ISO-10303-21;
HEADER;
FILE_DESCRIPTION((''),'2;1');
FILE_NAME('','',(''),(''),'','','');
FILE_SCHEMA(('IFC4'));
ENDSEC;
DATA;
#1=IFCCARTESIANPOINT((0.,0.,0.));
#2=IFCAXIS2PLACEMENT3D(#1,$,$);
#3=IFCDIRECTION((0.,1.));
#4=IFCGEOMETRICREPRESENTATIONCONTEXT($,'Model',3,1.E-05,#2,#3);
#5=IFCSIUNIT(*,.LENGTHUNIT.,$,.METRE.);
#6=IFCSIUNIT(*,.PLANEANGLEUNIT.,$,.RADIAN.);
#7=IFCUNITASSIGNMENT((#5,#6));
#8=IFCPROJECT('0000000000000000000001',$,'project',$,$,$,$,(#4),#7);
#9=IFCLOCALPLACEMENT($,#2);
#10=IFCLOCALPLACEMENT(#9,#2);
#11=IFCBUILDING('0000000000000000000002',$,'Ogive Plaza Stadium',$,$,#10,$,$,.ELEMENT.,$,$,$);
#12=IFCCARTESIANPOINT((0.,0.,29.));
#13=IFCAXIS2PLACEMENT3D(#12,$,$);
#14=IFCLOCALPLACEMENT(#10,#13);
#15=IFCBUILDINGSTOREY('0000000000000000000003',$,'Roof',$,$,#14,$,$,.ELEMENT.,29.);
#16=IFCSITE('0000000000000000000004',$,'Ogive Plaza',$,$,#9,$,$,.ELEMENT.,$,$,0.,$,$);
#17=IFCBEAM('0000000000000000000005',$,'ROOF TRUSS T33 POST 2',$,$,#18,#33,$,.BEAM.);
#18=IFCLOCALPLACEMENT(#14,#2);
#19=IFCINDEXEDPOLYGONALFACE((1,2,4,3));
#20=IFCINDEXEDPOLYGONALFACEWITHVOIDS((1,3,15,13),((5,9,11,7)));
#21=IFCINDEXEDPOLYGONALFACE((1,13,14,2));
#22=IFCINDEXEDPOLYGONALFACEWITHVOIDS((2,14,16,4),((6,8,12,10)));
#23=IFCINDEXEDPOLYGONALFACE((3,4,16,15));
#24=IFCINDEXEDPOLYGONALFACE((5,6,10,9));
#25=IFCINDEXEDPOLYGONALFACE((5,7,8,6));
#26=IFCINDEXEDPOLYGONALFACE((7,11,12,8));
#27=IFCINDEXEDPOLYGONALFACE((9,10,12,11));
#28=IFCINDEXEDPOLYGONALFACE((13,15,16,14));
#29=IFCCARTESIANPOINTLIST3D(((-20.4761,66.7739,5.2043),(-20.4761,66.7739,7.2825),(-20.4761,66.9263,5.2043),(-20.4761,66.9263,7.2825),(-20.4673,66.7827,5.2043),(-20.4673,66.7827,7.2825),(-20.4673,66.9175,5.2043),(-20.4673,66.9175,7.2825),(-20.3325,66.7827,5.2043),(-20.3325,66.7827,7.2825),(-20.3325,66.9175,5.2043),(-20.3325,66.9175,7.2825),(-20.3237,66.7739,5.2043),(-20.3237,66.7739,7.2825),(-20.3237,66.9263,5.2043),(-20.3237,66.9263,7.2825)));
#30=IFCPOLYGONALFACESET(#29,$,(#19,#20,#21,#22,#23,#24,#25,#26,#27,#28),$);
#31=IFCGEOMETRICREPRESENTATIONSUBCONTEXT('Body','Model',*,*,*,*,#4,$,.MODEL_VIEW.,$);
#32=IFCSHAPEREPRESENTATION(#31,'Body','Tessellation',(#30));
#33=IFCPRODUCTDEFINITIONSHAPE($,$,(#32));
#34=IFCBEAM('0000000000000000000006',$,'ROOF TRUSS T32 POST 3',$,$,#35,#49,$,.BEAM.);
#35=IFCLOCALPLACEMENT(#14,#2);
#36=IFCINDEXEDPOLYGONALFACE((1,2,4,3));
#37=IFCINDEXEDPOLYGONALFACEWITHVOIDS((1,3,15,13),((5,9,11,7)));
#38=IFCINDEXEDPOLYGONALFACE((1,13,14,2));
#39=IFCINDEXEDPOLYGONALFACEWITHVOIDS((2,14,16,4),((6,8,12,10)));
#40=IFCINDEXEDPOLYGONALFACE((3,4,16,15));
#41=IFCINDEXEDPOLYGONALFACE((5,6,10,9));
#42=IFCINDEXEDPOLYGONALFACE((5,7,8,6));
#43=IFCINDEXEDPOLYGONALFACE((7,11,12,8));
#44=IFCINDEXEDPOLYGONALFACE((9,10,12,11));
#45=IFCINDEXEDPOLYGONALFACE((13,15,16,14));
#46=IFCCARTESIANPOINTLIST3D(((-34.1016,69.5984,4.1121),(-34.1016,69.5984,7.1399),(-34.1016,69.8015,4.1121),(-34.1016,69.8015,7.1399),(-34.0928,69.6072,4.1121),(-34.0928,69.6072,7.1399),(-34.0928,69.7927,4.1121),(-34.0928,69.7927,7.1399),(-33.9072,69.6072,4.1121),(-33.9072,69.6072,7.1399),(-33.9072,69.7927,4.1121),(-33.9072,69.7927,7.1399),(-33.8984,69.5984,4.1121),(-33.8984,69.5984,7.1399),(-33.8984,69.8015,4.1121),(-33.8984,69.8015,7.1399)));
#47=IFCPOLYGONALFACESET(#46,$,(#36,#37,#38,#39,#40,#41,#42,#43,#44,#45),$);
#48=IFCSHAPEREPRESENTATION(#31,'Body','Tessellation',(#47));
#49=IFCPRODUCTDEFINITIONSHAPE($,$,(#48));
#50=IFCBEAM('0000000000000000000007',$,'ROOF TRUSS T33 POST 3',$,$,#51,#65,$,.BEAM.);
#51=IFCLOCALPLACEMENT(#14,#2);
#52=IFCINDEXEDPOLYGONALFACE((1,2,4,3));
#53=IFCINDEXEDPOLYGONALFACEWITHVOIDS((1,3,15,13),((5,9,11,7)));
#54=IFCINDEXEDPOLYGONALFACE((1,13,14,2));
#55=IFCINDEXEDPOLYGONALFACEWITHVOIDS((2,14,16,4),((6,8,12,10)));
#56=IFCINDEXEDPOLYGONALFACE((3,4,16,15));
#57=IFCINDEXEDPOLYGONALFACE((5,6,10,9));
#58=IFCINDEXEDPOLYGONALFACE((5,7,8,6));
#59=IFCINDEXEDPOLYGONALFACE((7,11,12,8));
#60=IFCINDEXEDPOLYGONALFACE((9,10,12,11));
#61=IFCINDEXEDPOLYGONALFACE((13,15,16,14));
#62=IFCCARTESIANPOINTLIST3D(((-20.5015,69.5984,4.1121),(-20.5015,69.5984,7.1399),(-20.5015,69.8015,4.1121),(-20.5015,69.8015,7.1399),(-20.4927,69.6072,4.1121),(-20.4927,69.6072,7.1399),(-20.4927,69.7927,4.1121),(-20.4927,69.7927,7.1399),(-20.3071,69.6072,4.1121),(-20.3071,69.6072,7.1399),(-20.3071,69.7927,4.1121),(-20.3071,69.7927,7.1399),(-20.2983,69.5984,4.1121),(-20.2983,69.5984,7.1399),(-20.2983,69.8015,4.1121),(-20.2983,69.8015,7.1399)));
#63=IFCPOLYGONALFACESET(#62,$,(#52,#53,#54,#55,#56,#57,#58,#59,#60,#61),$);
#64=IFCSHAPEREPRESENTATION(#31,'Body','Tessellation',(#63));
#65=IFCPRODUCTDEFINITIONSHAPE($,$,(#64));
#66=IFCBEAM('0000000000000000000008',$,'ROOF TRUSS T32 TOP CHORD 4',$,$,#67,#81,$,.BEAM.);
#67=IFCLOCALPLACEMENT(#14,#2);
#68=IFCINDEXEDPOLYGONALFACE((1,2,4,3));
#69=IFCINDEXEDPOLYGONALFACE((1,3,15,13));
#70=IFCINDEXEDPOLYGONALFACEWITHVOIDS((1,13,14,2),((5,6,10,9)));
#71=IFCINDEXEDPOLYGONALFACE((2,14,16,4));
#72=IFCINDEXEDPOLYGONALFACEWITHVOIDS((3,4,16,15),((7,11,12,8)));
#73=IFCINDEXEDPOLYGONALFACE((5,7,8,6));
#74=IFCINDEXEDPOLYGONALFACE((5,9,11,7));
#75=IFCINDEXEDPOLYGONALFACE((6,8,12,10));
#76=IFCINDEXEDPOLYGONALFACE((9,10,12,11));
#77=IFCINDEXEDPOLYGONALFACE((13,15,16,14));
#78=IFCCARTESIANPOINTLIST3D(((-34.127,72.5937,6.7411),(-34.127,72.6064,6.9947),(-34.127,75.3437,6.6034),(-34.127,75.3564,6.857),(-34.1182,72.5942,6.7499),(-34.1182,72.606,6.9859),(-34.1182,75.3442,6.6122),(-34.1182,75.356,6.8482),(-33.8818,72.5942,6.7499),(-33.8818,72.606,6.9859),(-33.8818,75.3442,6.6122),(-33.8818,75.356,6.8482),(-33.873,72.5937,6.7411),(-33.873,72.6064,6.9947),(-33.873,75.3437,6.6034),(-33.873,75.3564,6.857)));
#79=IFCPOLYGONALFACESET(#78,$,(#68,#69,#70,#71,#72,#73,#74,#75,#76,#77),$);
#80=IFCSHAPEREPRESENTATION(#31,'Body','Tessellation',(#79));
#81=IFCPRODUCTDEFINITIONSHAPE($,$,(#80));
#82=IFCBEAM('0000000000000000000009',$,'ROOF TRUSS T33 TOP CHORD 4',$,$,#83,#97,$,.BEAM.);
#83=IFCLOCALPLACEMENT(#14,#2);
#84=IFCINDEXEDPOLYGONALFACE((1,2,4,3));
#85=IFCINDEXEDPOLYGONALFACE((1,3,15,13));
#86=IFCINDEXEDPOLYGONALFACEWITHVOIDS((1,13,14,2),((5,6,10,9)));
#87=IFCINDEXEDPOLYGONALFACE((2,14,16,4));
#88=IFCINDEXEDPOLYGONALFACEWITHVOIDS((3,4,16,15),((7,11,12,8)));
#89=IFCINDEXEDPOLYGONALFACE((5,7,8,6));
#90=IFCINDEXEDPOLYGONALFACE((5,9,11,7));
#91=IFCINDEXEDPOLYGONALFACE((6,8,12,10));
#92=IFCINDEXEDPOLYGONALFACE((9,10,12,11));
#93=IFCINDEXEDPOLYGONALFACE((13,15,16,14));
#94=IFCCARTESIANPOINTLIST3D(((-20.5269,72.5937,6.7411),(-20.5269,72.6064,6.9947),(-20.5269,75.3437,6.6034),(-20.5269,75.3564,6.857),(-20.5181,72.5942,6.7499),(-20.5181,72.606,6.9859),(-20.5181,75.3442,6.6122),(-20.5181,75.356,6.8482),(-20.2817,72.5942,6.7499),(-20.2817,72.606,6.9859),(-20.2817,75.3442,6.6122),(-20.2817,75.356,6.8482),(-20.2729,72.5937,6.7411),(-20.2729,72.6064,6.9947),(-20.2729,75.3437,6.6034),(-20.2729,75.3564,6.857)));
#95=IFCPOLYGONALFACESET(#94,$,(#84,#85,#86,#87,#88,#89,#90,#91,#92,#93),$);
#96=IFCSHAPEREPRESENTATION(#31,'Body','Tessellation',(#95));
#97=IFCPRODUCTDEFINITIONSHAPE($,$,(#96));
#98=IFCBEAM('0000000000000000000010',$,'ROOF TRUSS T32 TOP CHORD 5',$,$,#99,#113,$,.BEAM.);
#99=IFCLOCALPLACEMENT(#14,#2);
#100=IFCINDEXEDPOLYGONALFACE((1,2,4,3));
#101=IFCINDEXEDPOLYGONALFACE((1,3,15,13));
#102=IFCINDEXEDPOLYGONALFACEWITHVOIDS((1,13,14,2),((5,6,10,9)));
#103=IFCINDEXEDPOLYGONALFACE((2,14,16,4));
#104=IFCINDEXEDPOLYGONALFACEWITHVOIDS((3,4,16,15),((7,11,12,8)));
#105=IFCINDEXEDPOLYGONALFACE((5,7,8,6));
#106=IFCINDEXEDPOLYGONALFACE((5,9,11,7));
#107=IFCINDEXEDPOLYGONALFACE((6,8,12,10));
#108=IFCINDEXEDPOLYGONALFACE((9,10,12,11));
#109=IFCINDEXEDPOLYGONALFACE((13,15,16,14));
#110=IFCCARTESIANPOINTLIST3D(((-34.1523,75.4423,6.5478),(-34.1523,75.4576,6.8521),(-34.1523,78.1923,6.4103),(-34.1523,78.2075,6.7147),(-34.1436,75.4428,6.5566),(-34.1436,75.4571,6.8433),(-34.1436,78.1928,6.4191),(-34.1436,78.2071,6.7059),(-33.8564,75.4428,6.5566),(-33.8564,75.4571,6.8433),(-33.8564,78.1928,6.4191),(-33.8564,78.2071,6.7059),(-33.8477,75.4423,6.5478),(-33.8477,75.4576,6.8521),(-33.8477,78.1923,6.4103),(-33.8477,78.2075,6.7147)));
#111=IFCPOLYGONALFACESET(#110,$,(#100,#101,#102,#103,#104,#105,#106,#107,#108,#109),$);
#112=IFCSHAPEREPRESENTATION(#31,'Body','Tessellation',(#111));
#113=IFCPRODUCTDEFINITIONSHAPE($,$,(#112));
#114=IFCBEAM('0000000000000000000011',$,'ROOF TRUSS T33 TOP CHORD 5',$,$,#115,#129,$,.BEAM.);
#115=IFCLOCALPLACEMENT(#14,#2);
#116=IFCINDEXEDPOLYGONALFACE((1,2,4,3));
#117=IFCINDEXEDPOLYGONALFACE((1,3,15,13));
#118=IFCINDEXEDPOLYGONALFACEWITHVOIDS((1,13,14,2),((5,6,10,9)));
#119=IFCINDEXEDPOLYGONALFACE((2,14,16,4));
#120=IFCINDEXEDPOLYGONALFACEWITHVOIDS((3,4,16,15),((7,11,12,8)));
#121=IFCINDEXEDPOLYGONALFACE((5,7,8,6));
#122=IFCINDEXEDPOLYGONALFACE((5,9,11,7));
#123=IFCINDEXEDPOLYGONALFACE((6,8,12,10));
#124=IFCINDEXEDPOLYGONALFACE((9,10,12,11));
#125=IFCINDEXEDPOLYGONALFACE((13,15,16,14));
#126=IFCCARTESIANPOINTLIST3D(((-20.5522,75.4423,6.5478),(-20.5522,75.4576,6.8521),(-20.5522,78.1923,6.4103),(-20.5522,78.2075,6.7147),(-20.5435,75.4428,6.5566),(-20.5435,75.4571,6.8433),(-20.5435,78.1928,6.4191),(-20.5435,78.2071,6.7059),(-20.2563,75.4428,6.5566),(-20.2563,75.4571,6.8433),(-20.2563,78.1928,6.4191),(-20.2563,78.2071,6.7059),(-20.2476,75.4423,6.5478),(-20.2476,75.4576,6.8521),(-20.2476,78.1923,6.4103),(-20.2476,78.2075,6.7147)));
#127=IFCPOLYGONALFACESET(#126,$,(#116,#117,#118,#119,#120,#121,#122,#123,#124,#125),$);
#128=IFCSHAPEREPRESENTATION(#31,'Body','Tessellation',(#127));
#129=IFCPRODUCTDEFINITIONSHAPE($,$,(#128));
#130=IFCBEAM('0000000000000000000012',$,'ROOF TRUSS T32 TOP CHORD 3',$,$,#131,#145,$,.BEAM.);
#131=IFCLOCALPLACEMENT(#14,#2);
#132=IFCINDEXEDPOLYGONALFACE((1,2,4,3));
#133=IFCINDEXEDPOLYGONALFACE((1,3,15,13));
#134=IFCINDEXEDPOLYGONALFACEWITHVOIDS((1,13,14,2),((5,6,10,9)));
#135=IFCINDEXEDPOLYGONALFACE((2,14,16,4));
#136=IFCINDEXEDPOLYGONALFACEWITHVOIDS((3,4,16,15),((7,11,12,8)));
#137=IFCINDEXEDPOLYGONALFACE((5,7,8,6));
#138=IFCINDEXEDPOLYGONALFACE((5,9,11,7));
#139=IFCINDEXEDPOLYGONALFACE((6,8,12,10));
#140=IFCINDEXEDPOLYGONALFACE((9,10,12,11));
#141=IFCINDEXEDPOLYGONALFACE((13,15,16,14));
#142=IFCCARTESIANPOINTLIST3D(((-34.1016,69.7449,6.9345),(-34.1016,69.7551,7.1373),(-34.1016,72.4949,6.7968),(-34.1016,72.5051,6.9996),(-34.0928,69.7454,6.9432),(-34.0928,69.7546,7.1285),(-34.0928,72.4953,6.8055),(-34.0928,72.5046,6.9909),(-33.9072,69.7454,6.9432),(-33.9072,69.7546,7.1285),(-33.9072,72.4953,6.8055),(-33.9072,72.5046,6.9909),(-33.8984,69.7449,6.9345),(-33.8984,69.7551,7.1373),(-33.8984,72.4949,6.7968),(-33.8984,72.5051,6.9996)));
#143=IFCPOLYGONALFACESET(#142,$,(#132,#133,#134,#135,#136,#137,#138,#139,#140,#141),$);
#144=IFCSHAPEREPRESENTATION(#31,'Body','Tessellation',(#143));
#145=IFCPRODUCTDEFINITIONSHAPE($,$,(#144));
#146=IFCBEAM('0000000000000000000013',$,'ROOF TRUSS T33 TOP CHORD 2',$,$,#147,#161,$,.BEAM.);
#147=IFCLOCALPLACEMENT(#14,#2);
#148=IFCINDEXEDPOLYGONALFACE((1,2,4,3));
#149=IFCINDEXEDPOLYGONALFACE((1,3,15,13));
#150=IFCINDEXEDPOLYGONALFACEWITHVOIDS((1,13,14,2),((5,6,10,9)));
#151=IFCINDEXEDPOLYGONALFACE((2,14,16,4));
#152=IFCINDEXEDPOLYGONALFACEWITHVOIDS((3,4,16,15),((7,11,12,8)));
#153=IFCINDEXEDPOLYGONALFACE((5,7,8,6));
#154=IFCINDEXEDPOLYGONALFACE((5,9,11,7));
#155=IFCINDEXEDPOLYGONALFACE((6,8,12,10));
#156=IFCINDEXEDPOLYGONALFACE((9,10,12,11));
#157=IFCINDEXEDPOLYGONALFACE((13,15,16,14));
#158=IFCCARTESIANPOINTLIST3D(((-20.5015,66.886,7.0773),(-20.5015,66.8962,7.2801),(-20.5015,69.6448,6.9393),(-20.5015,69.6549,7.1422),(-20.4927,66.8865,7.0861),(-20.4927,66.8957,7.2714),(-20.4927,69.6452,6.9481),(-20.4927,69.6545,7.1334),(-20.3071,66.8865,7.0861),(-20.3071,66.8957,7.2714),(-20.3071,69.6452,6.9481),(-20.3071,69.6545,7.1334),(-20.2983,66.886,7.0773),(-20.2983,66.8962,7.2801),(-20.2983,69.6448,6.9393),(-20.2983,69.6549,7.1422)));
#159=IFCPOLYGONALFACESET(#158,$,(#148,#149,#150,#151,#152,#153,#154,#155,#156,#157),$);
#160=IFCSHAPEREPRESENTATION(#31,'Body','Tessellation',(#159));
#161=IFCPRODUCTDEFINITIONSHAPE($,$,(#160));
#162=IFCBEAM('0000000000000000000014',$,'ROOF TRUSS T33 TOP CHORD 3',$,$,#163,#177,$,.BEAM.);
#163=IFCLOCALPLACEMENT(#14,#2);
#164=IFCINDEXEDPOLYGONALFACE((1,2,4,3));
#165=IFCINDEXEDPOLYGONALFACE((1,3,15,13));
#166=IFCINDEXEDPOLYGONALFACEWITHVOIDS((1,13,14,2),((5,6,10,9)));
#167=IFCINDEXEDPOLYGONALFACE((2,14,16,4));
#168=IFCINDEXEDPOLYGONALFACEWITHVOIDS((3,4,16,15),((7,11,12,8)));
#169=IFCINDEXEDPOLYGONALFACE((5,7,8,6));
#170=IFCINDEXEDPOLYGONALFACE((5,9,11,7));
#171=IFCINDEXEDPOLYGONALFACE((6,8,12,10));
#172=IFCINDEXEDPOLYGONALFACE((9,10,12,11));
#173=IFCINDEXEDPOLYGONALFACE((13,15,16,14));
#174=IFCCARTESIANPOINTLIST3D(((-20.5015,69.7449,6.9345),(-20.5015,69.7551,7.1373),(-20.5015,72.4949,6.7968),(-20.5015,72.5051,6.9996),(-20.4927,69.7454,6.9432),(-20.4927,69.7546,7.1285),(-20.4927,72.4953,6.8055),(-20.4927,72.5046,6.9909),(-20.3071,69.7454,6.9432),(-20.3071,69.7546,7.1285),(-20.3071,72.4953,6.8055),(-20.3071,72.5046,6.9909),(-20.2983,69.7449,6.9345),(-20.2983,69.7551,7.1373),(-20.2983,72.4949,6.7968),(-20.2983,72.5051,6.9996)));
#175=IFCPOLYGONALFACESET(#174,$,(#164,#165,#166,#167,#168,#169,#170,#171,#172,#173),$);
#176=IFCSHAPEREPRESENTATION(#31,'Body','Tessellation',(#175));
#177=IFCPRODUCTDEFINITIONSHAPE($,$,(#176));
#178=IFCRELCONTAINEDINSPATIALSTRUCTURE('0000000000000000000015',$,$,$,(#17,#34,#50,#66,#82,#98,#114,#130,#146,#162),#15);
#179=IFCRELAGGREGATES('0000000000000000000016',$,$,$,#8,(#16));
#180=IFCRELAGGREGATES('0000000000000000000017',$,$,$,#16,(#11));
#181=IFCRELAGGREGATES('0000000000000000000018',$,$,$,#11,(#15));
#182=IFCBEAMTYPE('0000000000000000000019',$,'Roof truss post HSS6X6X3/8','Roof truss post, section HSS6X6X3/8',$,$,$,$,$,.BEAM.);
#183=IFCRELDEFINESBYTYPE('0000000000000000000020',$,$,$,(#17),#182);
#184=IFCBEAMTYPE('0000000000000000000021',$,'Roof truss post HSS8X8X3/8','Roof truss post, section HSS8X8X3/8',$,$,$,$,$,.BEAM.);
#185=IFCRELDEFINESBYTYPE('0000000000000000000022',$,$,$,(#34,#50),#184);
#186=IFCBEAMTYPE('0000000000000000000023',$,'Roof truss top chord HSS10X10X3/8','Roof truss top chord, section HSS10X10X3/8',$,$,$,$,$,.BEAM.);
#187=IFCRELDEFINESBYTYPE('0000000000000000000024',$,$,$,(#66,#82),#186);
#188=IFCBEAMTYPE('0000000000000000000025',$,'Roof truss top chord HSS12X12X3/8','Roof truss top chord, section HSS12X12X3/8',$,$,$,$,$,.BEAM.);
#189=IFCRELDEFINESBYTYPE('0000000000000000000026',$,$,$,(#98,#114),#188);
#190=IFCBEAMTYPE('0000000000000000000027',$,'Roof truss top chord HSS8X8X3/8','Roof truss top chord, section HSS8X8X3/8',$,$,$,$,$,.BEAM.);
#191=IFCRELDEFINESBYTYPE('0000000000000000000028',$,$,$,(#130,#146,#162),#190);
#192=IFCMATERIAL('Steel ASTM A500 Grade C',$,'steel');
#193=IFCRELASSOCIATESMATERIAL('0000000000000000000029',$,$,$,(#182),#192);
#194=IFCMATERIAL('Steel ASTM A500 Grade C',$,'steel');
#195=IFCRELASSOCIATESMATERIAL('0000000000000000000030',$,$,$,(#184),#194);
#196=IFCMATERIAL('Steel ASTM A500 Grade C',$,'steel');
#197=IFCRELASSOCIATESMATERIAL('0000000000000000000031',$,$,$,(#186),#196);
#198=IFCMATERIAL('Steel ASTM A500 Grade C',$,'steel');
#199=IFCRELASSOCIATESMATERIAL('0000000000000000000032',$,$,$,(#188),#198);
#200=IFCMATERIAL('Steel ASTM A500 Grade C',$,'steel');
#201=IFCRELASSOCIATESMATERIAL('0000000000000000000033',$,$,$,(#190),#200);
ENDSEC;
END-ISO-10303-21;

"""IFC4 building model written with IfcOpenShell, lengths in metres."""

from ifc_helpers import new_model, si_unit, direction, frame, origin, origin_2d, place, context, subcontext, project, spatial, hollow_rectangle, extrude, material, material_profile, profile_set, type_object, element, save


model = new_model("IFC4")

# Units and contexts
model_context = context("Model", 3, precision=1e-05, world=origin(), true_north=direction((0.0, 1.0)))
body_context = subcontext(model_context, "Body", "Model", "MODEL_VIEW")
ifc_project = project(units=[si_unit("LENGTHUNIT", "METRE"), si_unit("PLANEANGLEUNIT", "RADIAN")], contexts=[model_context])

# Site, building, storey
site_placement = place(None, origin())
site = spatial("IfcSite", under=ifc_project, at=site_placement, Name="Ogive Plaza", CompositionType="ELEMENT", RefElevation=0.0)
building_placement = place(site_placement, origin())
building = spatial("IfcBuilding", under=site, at=building_placement, Name="Ogive Plaza Stadium", CompositionType="ELEMENT")
storey_placement = place(building_placement, frame((0.0, 0.0, 29.0)))
storey = spatial("IfcBuildingStorey", under=building, at=storey_placement, Name="Roof", CompositionType="ELEMENT", Elevation=29.0)

# Beams
ifc_material_1 = material(Name="Steel ASTM A500 Grade C", Category="steel")
ifc_material_profile_1 = material_profile(ifc_material_1, hollow_rectangle(XDim=0.1523, YDim=0.1523, WallThickness=0.0088, at=origin_2d()), Name="HSS6X6X3/8")
ifc_profile_set_1 = profile_set([ifc_material_profile_1], Name="Steel ASTM A500 Grade C")
beam_type_1 = type_object("IfcBeamType", Name="Roof truss post HSS6X6X3/8", Description="Roof truss post, section HSS6X6X3/8", PredefinedType="BEAM", material=ifc_profile_set_1)
beam_1_placement = place(storey_placement, frame((-20.3999, 66.8501, 5.2043), z_axis=(0.0, 0.0, 1.0), x_axis=(-1.0, 0.0, 0.0)))
element("IfcBeam", 1, at=beam_1_placement, inside=storey, type_object=beam_type_1, Name="ROOF TRUSS T33 POST 2", PredefinedType="BEAM", context=body_context, shape_type="SweptSolid", body=[
    extrude(hollow_rectangle(XDim=0.1523, YDim=0.1523, WallThickness=0.0088, at=origin_2d()), origin(), (0.0, 0.0, 1.0), 2.0781),
])
ifc_material_2 = material(Name="Steel ASTM A500 Grade C", Category="steel")
ifc_material_profile_2 = material_profile(ifc_material_2, hollow_rectangle(XDim=0.2031, YDim=0.2031, WallThickness=0.0088, at=origin_2d()), Name="HSS8X8X3/8")
ifc_profile_set_2 = profile_set([ifc_material_profile_2], Name="Steel ASTM A500 Grade C")
beam_type_2 = type_object("IfcBeamType", Name="Roof truss post HSS8X8X3/8", Description="Roof truss post, section HSS8X8X3/8", PredefinedType="BEAM", material=ifc_profile_set_2)
for number, where, z_axis, x_axis, name in (
    (2, (-34.0, 69.7, 4.1121), (0.0, 0.0, 1.0), (-1.0, 0.0, 0.0), "ROOF TRUSS T32 POST 3"),
    (3, (-20.3999, 69.7, 4.1121), (0.0, 0.0, 1.0), (-1.0, 0.0, 0.0), "ROOF TRUSS T33 POST 3"),
):
    element("IfcBeam", number, at=place(storey_placement, frame(where, z_axis=z_axis, x_axis=x_axis)), inside=storey, type_object=beam_type_2, Name=name, PredefinedType="BEAM", context=body_context, shape_type="SweptSolid", body=[
        extrude(hollow_rectangle(XDim=0.2031, YDim=0.2031, WallThickness=0.0088, at=origin_2d()), origin(), (0.0, 0.0, 1.0), 3.0278),
    ])
ifc_material_3 = material(Name="Steel ASTM A500 Grade C", Category="steel")
ifc_material_profile_3 = material_profile(ifc_material_3, hollow_rectangle(XDim=0.2539, YDim=0.2539, WallThickness=0.0088, at=origin_2d()), Name="HSS10X10X3/8")
ifc_profile_set_3 = profile_set([ifc_material_profile_3], Name="Steel ASTM A500 Grade C")
beam_type_3 = type_object("IfcBeamType", Name="Roof truss top chord HSS10X10X3/8", Description="Roof truss top chord, section HSS10X10X3/8", PredefinedType="BEAM", material=ifc_profile_set_3)
for number, where, z_axis, x_axis, name in (
    (4, (-34.0, 72.6001, 6.8679), (0.0, 0.998749, -0.050008), (-1.0, 0.0, 0.0), "ROOF TRUSS T32 TOP CHORD 4"),
    (5, (-20.3999, 72.6001, 6.8679), (0.0, 0.998749, -0.050008), (-1.0, 0.0, 0.0), "ROOF TRUSS T33 TOP CHORD 4"),
):
    element("IfcBeam", number, at=place(storey_placement, frame(where, z_axis=z_axis, x_axis=x_axis)), inside=storey, type_object=beam_type_3, Name=name, PredefinedType="BEAM", context=body_context, shape_type="SweptSolid", body=[
        extrude(hollow_rectangle(XDim=0.2539, YDim=0.2539, WallThickness=0.0088, at=origin_2d()), origin(), (0.0, 0.0, 1.0), 2.7534),
    ])
ifc_material_4 = material(Name="Steel ASTM A500 Grade C", Category="steel")
ifc_material_profile_4 = material_profile(ifc_material_4, hollow_rectangle(XDim=0.3047, YDim=0.3047, WallThickness=0.0088, at=origin_2d()), Name="HSS12X12X3/8")
ifc_profile_set_4 = profile_set([ifc_material_profile_4], Name="Steel ASTM A500 Grade C")
beam_type_4 = type_object("IfcBeamType", Name="Roof truss top chord HSS12X12X3/8", Description="Roof truss top chord, section HSS12X12X3/8", PredefinedType="BEAM", material=ifc_profile_set_4)
for number, where, z_axis, x_axis, name in (
    (6, (-34.0, 75.45, 6.7), (0.0, 0.998753, -0.04992), (-1.0, 0.0, 0.0), "ROOF TRUSS T32 TOP CHORD 5"),
    (7, (-20.3999, 75.45, 6.7), (0.0, 0.998753, -0.04992), (-1.0, 0.0, 0.0), "ROOF TRUSS T33 TOP CHORD 5"),
):
    element("IfcBeam", number, at=place(storey_placement, frame(where, z_axis=z_axis, x_axis=x_axis)), inside=storey, type_object=beam_type_4, Name=name, PredefinedType="BEAM", context=body_context, shape_type="SweptSolid", body=[
        extrude(hollow_rectangle(XDim=0.3047, YDim=0.3047, WallThickness=0.0088, at=origin_2d()), origin(), (0.0, 0.0, 1.0), 2.7534),
    ])
ifc_material_5 = material(Name="Steel ASTM A500 Grade C", Category="steel")
ifc_material_profile_5 = material_profile(ifc_material_5, hollow_rectangle(XDim=0.2031, YDim=0.2031, WallThickness=0.0088, at=origin_2d()), Name="HSS8X8X3/8")
ifc_profile_set_5 = profile_set([ifc_material_profile_5], Name="Steel ASTM A500 Grade C")
beam_type_5 = type_object("IfcBeamType", Name="Roof truss top chord HSS8X8X3/8", Description="Roof truss top chord, section HSS8X8X3/8", PredefinedType="BEAM", material=ifc_profile_set_5)
beam_2_placement = place(storey_placement, frame((-34.0, 69.75, 7.0359), z_axis=(0.0, 0.998749, -0.050008), x_axis=(-1.0, 0.0, 0.0)))
element("IfcBeam", 8, at=beam_2_placement, inside=storey, type_object=beam_type_5, Name="ROOF TRUSS T32 TOP CHORD 3", PredefinedType="BEAM", context=body_context, shape_type="SweptSolid", body=[
    extrude(hollow_rectangle(XDim=0.2031, YDim=0.2031, WallThickness=0.0088, at=origin_2d()), origin(), (0.0, 0.0, 1.0), 2.7534),
])
beam_3_placement = place(storey_placement, frame((-20.3999, 66.8911, 7.1787), z_axis=(0.0, 0.998752, -0.049938), x_axis=(-1.0, 0.0, 0.0)))
element("IfcBeam", 9, at=beam_3_placement, inside=storey, type_object=beam_type_5, Name="ROOF TRUSS T33 TOP CHORD 2", PredefinedType="BEAM", context=body_context, shape_type="SweptSolid", body=[
    extrude(hollow_rectangle(XDim=0.2031, YDim=0.2031, WallThickness=0.0088, at=origin_2d()), origin(), (0.0, 0.0, 1.0), 2.7622),
])
beam_4_placement = place(storey_placement, frame((-20.3999, 69.75, 7.0359), z_axis=(0.0, 0.998749, -0.050008), x_axis=(-1.0, 0.0, 0.0)))
element("IfcBeam", 10, at=beam_4_placement, inside=storey, type_object=beam_type_5, Name="ROOF TRUSS T33 TOP CHORD 3", PredefinedType="BEAM", context=body_context, shape_type="SweptSolid", body=[
    extrude(hollow_rectangle(XDim=0.2031, YDim=0.2031, WallThickness=0.0088, at=origin_2d()), origin(), (0.0, 0.0, 1.0), 2.7534),
])

save(model, "model.ifc")
